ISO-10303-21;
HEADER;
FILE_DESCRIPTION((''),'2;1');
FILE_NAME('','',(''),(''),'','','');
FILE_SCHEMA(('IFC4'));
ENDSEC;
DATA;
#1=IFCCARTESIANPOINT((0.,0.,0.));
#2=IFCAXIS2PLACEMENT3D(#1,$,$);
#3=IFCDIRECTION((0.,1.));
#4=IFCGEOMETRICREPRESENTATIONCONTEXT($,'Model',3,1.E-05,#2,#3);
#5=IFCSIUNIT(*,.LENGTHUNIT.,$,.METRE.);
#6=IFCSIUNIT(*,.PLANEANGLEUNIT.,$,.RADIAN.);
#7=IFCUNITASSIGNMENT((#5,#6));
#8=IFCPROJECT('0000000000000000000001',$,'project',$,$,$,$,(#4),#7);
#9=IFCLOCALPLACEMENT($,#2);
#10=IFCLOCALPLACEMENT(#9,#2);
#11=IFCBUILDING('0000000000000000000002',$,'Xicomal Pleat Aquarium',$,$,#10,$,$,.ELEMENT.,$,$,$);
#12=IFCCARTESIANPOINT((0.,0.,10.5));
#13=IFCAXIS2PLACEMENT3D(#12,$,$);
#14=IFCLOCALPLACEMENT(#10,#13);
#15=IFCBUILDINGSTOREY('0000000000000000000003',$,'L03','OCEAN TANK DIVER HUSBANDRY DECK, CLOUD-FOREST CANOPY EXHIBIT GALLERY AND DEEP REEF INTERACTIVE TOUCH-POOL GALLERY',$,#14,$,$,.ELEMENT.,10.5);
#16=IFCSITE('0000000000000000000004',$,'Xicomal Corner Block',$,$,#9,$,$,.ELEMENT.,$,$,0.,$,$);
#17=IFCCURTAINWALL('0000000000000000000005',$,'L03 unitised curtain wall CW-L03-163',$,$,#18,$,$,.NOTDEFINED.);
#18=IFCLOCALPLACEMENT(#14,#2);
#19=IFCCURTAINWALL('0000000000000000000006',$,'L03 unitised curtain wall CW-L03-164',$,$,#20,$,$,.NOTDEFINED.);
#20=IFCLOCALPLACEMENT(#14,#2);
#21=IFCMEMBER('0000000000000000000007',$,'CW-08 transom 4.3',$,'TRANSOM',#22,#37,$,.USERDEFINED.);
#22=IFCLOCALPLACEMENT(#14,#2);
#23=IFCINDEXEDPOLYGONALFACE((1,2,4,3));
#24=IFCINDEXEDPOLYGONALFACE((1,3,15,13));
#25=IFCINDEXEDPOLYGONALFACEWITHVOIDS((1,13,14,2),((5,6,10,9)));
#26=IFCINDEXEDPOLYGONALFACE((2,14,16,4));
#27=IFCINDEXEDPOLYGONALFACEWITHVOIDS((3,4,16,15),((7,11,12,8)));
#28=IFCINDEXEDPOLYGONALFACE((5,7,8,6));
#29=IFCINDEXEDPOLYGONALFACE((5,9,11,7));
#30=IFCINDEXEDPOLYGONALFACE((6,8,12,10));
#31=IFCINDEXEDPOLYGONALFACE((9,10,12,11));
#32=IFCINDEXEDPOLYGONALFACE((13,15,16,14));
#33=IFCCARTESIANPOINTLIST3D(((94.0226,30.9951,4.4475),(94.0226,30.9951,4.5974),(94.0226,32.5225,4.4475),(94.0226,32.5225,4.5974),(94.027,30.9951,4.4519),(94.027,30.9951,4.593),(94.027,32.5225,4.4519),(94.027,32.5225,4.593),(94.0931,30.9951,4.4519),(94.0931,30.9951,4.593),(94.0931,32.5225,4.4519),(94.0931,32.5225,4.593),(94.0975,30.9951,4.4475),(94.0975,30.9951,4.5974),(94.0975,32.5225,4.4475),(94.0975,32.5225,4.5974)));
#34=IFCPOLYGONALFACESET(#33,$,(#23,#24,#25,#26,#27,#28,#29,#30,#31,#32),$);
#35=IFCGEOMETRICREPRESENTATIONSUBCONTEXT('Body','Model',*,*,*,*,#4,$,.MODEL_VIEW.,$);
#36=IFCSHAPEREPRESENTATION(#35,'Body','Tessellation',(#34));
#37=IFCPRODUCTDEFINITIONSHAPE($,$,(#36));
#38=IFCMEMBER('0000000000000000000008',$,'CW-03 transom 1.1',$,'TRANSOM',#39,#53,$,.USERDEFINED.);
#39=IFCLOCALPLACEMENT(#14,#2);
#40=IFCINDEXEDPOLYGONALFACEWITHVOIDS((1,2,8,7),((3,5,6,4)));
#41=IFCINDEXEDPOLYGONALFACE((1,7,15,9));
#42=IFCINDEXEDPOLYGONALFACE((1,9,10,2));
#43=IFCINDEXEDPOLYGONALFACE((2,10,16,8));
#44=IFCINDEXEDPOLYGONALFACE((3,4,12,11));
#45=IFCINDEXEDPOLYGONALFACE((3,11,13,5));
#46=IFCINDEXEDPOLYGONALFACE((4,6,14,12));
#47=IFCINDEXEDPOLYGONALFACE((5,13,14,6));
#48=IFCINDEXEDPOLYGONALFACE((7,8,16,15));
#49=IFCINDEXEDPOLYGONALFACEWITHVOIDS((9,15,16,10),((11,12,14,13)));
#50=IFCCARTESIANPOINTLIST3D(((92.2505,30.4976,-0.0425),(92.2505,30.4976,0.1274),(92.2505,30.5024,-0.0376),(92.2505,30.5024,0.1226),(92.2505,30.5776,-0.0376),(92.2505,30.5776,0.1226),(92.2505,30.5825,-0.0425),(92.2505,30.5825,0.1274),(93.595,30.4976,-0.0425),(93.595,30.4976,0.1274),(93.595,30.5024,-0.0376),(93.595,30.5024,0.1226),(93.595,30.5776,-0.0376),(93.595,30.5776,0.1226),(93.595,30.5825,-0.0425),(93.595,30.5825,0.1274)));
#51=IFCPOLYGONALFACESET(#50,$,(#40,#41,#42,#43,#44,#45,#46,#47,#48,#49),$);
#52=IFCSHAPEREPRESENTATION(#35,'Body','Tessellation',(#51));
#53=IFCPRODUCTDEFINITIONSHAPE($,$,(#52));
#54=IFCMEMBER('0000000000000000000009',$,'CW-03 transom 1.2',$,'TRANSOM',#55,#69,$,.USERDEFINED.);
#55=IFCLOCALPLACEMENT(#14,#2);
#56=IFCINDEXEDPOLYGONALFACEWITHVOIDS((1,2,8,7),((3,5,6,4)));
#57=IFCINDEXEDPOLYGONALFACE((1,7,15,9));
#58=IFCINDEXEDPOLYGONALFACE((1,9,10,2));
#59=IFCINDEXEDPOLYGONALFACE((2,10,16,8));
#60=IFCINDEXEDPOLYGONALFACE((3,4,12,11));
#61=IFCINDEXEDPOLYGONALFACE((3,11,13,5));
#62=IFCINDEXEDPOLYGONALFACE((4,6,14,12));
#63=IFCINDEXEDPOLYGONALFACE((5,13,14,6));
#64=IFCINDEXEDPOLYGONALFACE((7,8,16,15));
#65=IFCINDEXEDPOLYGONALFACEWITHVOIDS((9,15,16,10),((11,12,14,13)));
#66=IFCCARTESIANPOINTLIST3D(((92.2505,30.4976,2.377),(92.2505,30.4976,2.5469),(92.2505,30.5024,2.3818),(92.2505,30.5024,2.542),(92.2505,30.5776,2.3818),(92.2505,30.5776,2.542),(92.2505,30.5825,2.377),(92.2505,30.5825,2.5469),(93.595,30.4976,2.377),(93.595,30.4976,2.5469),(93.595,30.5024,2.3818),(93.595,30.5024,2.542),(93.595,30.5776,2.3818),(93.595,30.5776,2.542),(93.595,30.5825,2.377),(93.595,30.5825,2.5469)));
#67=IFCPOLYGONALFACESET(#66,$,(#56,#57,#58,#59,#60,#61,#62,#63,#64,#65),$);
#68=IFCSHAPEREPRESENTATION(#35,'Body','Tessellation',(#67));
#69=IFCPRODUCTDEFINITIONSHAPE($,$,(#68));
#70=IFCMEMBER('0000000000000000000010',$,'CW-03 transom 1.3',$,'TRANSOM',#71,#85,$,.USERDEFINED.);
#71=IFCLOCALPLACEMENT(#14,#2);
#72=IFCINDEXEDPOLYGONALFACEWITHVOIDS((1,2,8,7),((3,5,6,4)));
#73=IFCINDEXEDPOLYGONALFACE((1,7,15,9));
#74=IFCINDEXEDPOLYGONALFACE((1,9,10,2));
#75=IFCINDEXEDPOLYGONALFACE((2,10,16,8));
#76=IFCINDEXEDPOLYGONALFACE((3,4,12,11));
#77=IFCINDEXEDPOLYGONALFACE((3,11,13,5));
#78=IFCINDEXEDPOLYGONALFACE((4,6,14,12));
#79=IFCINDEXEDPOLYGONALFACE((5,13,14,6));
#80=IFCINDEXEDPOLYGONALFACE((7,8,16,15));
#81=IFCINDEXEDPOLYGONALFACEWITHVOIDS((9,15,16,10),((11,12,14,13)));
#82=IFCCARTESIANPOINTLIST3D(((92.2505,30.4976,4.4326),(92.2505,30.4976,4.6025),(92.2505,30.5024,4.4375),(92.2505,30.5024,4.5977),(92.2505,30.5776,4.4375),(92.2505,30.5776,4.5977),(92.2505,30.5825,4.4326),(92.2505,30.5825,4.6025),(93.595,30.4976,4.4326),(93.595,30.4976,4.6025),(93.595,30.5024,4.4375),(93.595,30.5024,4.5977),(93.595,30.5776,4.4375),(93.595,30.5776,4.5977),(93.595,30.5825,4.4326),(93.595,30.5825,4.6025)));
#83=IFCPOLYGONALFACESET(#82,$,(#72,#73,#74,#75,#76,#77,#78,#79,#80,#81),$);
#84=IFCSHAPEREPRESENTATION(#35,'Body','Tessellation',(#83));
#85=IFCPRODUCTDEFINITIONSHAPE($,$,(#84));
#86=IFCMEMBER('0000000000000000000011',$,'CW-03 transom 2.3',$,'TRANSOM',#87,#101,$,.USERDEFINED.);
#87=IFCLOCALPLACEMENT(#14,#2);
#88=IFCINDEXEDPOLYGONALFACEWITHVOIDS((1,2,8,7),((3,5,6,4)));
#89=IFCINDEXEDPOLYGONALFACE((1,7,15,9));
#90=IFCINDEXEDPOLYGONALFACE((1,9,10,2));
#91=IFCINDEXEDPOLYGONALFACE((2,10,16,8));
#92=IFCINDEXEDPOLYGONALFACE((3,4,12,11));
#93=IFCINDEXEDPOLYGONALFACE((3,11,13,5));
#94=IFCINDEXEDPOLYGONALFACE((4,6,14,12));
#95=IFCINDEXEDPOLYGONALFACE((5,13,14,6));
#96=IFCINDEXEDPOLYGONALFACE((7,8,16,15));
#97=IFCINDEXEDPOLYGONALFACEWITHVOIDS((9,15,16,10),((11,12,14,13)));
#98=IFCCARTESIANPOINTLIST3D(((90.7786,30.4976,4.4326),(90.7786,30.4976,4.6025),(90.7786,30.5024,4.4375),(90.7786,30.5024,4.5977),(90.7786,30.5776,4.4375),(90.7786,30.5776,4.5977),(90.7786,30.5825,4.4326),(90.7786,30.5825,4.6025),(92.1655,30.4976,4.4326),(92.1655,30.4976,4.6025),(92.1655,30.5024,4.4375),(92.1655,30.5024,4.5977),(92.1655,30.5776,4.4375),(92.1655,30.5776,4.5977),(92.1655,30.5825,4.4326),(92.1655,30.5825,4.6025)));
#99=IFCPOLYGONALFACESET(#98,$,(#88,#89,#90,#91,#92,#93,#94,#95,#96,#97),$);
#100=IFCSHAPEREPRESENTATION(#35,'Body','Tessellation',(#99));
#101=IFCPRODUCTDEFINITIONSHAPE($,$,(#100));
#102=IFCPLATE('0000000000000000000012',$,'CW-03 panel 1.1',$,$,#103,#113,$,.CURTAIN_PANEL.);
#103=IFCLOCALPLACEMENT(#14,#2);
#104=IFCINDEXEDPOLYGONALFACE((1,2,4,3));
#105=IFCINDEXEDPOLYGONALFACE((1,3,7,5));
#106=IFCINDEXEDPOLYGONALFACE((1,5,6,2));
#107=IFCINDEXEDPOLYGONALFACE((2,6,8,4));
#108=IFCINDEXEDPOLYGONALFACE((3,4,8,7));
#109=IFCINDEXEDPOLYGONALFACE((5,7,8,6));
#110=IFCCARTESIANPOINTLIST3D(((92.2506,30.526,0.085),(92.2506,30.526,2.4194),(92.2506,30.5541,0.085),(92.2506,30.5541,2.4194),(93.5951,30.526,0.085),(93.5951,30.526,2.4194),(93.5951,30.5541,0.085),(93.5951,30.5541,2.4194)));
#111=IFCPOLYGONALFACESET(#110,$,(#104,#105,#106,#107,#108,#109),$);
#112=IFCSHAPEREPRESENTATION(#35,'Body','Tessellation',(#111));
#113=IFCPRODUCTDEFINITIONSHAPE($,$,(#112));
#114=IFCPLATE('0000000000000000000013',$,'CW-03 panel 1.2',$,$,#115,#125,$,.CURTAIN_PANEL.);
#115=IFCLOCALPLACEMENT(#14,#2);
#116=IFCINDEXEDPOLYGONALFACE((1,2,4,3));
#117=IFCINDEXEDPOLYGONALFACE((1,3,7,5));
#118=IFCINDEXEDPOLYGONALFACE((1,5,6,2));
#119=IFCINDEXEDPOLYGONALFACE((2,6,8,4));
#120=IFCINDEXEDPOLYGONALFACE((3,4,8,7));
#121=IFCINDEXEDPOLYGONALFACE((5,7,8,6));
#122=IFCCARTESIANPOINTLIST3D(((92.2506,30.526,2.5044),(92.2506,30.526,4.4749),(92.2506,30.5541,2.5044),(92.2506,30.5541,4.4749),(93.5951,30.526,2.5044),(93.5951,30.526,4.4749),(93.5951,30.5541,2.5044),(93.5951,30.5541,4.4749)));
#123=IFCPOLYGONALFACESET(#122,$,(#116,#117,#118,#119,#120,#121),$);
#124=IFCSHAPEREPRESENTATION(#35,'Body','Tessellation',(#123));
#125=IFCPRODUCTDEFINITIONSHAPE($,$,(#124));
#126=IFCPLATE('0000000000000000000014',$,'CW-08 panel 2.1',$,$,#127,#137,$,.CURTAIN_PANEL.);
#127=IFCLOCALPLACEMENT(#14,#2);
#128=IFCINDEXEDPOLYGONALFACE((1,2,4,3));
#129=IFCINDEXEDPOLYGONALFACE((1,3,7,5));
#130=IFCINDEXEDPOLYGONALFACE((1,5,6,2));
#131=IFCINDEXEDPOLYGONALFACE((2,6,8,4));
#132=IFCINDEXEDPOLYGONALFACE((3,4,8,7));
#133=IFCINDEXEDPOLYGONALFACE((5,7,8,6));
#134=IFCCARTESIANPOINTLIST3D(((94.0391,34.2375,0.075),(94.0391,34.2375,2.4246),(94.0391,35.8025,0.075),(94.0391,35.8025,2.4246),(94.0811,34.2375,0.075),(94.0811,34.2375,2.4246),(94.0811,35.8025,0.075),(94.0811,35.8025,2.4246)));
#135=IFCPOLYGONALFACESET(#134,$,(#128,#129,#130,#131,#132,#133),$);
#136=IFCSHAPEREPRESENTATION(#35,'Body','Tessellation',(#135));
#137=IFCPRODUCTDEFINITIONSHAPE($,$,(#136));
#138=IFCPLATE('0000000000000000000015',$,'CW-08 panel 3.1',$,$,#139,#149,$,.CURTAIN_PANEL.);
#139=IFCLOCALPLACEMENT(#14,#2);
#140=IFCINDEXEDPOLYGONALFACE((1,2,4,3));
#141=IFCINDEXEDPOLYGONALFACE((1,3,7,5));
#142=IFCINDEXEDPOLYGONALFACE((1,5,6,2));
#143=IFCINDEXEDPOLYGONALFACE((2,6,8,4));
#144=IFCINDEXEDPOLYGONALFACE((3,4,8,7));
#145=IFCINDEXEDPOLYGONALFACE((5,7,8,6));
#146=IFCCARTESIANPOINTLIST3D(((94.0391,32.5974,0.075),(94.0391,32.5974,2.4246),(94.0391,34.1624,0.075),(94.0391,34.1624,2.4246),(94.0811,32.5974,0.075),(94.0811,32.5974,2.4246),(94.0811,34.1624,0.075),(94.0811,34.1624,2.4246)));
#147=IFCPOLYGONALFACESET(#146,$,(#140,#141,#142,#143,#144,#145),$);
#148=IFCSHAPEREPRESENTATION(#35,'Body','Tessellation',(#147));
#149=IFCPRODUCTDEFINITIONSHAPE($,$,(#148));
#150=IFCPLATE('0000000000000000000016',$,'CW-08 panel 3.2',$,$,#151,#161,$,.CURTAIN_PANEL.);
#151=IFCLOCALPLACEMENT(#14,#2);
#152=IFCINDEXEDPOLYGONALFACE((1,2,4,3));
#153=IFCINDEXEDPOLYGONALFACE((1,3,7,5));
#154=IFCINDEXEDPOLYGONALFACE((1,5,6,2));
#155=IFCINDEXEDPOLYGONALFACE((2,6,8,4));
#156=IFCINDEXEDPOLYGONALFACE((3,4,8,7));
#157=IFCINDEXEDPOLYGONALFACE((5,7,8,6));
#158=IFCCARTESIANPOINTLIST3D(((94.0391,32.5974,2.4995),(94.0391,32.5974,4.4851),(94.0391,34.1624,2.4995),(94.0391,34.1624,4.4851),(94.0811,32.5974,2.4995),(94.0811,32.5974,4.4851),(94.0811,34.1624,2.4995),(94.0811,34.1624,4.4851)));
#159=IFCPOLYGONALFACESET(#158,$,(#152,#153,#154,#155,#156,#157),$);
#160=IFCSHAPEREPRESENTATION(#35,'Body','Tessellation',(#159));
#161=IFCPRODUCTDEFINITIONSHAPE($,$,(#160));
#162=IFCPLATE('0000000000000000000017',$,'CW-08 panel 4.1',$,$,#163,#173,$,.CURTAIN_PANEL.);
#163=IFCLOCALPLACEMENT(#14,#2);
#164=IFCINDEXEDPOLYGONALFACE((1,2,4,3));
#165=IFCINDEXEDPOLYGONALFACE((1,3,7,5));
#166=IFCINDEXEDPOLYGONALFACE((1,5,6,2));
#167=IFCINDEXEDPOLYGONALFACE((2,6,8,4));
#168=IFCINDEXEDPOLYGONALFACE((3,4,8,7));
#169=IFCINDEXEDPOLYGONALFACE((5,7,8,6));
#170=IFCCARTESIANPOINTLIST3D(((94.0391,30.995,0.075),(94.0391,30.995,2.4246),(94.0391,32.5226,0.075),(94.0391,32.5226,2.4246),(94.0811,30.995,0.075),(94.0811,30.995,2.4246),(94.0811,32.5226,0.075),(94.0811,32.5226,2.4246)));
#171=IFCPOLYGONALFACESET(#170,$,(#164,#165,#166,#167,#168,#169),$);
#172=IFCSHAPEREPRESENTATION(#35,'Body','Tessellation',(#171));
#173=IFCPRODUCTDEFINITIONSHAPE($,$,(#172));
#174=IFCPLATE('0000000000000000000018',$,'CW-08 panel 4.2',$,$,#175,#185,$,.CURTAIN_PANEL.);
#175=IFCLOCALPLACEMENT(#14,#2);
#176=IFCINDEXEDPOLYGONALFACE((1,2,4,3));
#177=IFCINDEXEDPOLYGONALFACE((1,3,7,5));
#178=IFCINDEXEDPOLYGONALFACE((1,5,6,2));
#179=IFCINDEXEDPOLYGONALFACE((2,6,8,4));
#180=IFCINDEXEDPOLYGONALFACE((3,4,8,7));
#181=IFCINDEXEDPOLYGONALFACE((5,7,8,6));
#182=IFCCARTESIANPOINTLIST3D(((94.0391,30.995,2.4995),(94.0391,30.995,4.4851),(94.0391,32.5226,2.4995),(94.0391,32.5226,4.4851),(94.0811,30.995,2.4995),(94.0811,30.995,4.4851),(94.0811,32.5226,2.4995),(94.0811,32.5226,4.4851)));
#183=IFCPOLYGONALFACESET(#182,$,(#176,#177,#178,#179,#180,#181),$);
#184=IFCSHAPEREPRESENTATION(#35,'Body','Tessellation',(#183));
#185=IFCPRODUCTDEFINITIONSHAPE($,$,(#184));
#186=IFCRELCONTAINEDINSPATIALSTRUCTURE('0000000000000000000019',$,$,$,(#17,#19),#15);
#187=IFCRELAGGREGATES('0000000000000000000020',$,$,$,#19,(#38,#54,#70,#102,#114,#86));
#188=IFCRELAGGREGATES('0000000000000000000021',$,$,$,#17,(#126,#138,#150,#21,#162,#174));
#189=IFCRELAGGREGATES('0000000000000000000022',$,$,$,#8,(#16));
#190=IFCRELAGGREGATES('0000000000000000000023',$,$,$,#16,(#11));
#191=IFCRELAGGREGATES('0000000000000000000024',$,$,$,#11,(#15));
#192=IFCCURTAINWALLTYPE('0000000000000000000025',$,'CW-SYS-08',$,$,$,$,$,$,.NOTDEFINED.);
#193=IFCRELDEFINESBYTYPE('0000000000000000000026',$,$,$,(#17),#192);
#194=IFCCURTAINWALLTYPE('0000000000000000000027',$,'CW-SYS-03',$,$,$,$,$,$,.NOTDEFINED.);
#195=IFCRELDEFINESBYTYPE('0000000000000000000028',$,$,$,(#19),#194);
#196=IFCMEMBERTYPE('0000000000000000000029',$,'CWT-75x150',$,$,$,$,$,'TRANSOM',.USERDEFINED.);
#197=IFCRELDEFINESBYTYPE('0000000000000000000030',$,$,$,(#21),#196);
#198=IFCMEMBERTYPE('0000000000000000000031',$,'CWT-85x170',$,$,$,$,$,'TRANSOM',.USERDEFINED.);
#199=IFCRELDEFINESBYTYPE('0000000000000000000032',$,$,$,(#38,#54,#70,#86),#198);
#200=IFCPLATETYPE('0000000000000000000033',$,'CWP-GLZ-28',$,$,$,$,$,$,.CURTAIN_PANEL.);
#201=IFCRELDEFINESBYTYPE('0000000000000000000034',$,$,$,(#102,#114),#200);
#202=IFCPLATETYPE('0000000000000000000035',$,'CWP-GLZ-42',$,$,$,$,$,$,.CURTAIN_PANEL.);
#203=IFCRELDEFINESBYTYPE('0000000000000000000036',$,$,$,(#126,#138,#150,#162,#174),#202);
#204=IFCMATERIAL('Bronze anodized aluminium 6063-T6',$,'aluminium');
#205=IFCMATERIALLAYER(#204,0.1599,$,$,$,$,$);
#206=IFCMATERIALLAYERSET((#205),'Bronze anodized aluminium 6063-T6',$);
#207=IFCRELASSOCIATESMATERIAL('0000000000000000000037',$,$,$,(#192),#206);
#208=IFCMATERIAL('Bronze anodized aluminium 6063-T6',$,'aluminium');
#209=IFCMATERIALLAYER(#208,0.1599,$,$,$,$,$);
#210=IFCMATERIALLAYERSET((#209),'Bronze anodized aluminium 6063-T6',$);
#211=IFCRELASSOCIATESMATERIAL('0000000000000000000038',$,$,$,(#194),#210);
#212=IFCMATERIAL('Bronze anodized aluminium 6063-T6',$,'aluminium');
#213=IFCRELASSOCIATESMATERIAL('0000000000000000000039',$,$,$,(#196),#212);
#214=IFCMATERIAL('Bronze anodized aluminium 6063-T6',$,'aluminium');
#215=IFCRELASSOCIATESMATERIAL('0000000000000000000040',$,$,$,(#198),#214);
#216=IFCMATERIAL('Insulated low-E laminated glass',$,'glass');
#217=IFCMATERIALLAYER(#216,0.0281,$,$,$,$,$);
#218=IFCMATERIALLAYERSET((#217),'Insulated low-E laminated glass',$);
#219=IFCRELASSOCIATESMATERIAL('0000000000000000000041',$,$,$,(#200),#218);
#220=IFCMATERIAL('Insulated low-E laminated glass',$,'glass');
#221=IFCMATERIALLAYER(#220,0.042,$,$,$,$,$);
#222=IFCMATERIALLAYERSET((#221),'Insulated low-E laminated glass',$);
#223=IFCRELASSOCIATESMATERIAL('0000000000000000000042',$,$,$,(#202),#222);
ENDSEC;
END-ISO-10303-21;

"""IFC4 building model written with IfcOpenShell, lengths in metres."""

from ifc_helpers import new_model, si_unit, direction, frame, origin, origin_2d, place, context, subcontext, project, spatial, rectangle, hollow_rectangle, extrude, material, layer, layer_set, material_profile, profile_set, type_object, element, aggregate, save


model = new_model("IFC4")

# Units and contexts
model_context = context("Model", 3, precision=1e-05, world=origin(), true_north=direction((0.0, 1.0)))
body_context = subcontext(model_context, "Body", "Model", "MODEL_VIEW")
ifc_project = project(units=[si_unit("LENGTHUNIT", "METRE"), si_unit("PLANEANGLEUNIT", "RADIAN")], contexts=[model_context])

# Site, building, storey
site_placement = place(None, origin())
site = spatial("IfcSite", under=ifc_project, at=site_placement, Name="Xicomal Corner Block", CompositionType="ELEMENT", RefElevation=0.0)
building_placement = place(site_placement, origin())
building = spatial("IfcBuilding", under=site, at=building_placement, Name="Xicomal Pleat Aquarium", CompositionType="ELEMENT")
storey_placement = place(building_placement, frame((0.0, 0.0, 10.5)))
storey = spatial("IfcBuildingStorey", under=building, at=storey_placement, Name="L03", Description="OCEAN TANK DIVER HUSBANDRY DECK, CLOUD-FOREST CANOPY EXHIBIT GALLERY AND DEEP REEF INTERACTIVE TOUCH-POOL GALLERY", CompositionType="ELEMENT", Elevation=10.5)

# Curtain walls
ifc_material_1 = material(Name="Bronze anodized aluminium 6063-T6", Category="aluminium")
ifc_layer_1 = layer(ifc_material_1, 0.1599)
ifc_layer_set_1 = layer_set([ifc_layer_1], Name="Bronze anodized aluminium 6063-T6")
curtain_wall_type_1 = type_object("IfcCurtainWallType", Name="CW-SYS-08", PredefinedType="NOTDEFINED", material=ifc_layer_set_1)
curtain_wall_1_placement = place(storey_placement, origin())
curtain_wall_1 = element("IfcCurtainWall", 1, at=curtain_wall_1_placement, inside=storey, type_object=curtain_wall_type_1, Name="L03 unitised curtain wall CW-L03-163", PredefinedType="NOTDEFINED")
ifc_material_2 = material(Name="Bronze anodized aluminium 6063-T6", Category="aluminium")
ifc_layer_2 = layer(ifc_material_2, 0.1599)
ifc_layer_set_2 = layer_set([ifc_layer_2], Name="Bronze anodized aluminium 6063-T6")
curtain_wall_type_2 = type_object("IfcCurtainWallType", Name="CW-SYS-03", PredefinedType="NOTDEFINED", material=ifc_layer_set_2)
curtain_wall_2_placement = place(storey_placement, origin())
curtain_wall_2 = element("IfcCurtainWall", 2, at=curtain_wall_2_placement, inside=storey, type_object=curtain_wall_type_2, Name="L03 unitised curtain wall CW-L03-164", PredefinedType="NOTDEFINED")

# Members
ifc_material_3 = material(Name="Bronze anodized aluminium 6063-T6", Category="aluminium")
ifc_material_profile_1 = material_profile(ifc_material_3, hollow_rectangle(XDim=0.075, YDim=0.1499, WallThickness=0.0044, at=origin_2d()), Name="ALU TRAN 75x150")
ifc_profile_set_1 = profile_set([ifc_material_profile_1], Name="Bronze anodized aluminium 6063-T6")
member_type_1 = type_object("IfcMemberType", Name="CWT-75x150", ElementType="TRANSOM", PredefinedType="USERDEFINED", material=ifc_profile_set_1)
member_1_placement = place(storey_placement, frame((94.0601, 32.5225, 4.5225), z_axis=(0.0, -1.0, 0.0), x_axis=(1.0, 0.0, 0.0)))
member_1 = element("IfcMember", 3, at=member_1_placement, type_object=member_type_1, Name="CW-08 transom 4.3", ObjectType="TRANSOM", PredefinedType="USERDEFINED", context=body_context, shape_type="SweptSolid", body=[
    extrude(hollow_rectangle(XDim=0.075, YDim=0.1499, WallThickness=0.0044, at=origin_2d()), origin(), (0.0, 0.0, 1.0), 1.5273),
])
ifc_material_4 = material(Name="Bronze anodized aluminium 6063-T6", Category="aluminium")
ifc_material_profile_2 = material_profile(ifc_material_4, hollow_rectangle(XDim=0.085, YDim=0.1699, WallThickness=0.0049, at=origin_2d()), Name="ALU TRAN 85x170")
ifc_profile_set_2 = profile_set([ifc_material_profile_2], Name="Bronze anodized aluminium 6063-T6")
member_type_2 = type_object("IfcMemberType", Name="CWT-85x170", ElementType="TRANSOM", PredefinedType="USERDEFINED", material=ifc_profile_set_2)
member_2_placement = place(storey_placement, frame((93.595, 30.54, 0.0425), z_axis=(-1.0, 0.0, 0.0), x_axis=(0.0, -1.0, 0.0)))
member_2 = element("IfcMember", 4, at=member_2_placement, type_object=member_type_2, Name="CW-03 transom 1.1", ObjectType="TRANSOM", PredefinedType="USERDEFINED", context=body_context, shape_type="SweptSolid", body=[
    extrude(hollow_rectangle(XDim=0.085, YDim=0.1699, WallThickness=0.0049, at=origin_2d()), origin(), (0.0, 0.0, 1.0), 1.3445),
])
member_3_placement = place(storey_placement, frame((93.595, 30.54, 2.4619), z_axis=(-1.0, 0.0, 0.0), x_axis=(0.0, -1.0, 0.0)))
member_3 = element("IfcMember", 5, at=member_3_placement, type_object=member_type_2, Name="CW-03 transom 1.2", ObjectType="TRANSOM", PredefinedType="USERDEFINED", context=body_context, shape_type="SweptSolid", body=[
    extrude(hollow_rectangle(XDim=0.085, YDim=0.1699, WallThickness=0.0049, at=origin_2d()), origin(), (0.0, 0.0, 1.0), 1.3445),
])
member_4_placement = place(storey_placement, frame((93.595, 30.54, 4.5176), z_axis=(-1.0, 0.0, 0.0), x_axis=(0.0, -1.0, 0.0)))
member_4 = element("IfcMember", 6, at=member_4_placement, type_object=member_type_2, Name="CW-03 transom 1.3", ObjectType="TRANSOM", PredefinedType="USERDEFINED", context=body_context, shape_type="SweptSolid", body=[
    extrude(hollow_rectangle(XDim=0.085, YDim=0.1699, WallThickness=0.0049, at=origin_2d()), origin(), (0.0, 0.0, 1.0), 1.3445),
])
member_5_placement = place(storey_placement, frame((92.1655, 30.54, 4.5176), z_axis=(-1.0, 0.0, 0.0), x_axis=(0.0, -1.0, 0.0)))
member_5 = element("IfcMember", 7, at=member_5_placement, type_object=member_type_2, Name="CW-03 transom 2.3", ObjectType="TRANSOM", PredefinedType="USERDEFINED", context=body_context, shape_type="SweptSolid", body=[
    extrude(hollow_rectangle(XDim=0.085, YDim=0.1699, WallThickness=0.0049, at=origin_2d()), origin(), (0.0, 0.0, 1.0), 1.387),
])

# Plates
ifc_material_5 = material(Name="Insulated low-E laminated glass", Category="glass")
ifc_layer_3 = layer(ifc_material_5, 0.0281)
ifc_layer_set_3 = layer_set([ifc_layer_3], Name="Insulated low-E laminated glass")
plate_type_1 = type_object("IfcPlateType", Name="CWP-GLZ-28", PredefinedType="CURTAIN_PANEL", material=ifc_layer_set_3)
plate_1_placement = place(storey_placement, frame((92.9229, 30.54, 0.085), z_axis=(0.0, 0.0, 1.0), x_axis=(-1.0, 0.0, 0.0)))
plate_1 = element("IfcPlate", 8, at=plate_1_placement, type_object=plate_type_1, Name="CW-03 panel 1.1", PredefinedType="CURTAIN_PANEL", context=body_context, shape_type="SweptSolid", body=[
    extrude(rectangle(XDim=1.3445, YDim=0.0281, at=origin_2d()), origin(), (0.0, 0.0, 1.0), 2.3345),
])
plate_2_placement = place(storey_placement, frame((92.9229, 30.54, 2.5044), z_axis=(0.0, 0.0, 1.0), x_axis=(-1.0, 0.0, 0.0)))
plate_2 = element("IfcPlate", 9, at=plate_2_placement, type_object=plate_type_1, Name="CW-03 panel 1.2", PredefinedType="CURTAIN_PANEL", context=body_context, shape_type="SweptSolid", body=[
    extrude(rectangle(XDim=1.3445, YDim=0.0281, at=origin_2d()), origin(), (0.0, 0.0, 1.0), 1.9705),
])
aggregate(curtain_wall_2, [member_2, member_3, member_4, plate_1, plate_2, member_5])
ifc_material_6 = material(Name="Insulated low-E laminated glass", Category="glass")
ifc_layer_4 = layer(ifc_material_6, 0.042)
ifc_layer_set_4 = layer_set([ifc_layer_4], Name="Insulated low-E laminated glass")
plate_type_2 = type_object("IfcPlateType", Name="CWP-GLZ-42", PredefinedType="CURTAIN_PANEL", material=ifc_layer_set_4)
plate_3_placement = place(storey_placement, frame((94.0601, 35.02, 0.075), z_axis=(0.0, 0.0, 1.0), x_axis=(0.0, -1.0, 0.0)))
plate_3 = element("IfcPlate", 10, at=plate_3_placement, type_object=plate_type_2, Name="CW-08 panel 2.1", PredefinedType="CURTAIN_PANEL", context=body_context, shape_type="SweptSolid", body=[
    extrude(rectangle(XDim=1.5649, YDim=0.042, at=origin_2d()), origin(), (0.0, 0.0, 1.0), 2.3496),
])
plate_4_placement = place(storey_placement, frame((94.0601, 33.3799, 0.075), z_axis=(0.0, 0.0, 1.0), x_axis=(0.0, -1.0, 0.0)))
plate_4 = element("IfcPlate", 11, at=plate_4_placement, type_object=plate_type_2, Name="CW-08 panel 3.1", PredefinedType="CURTAIN_PANEL", context=body_context, shape_type="SweptSolid", body=[
    extrude(rectangle(XDim=1.5649, YDim=0.042, at=origin_2d()), origin(), (0.0, 0.0, 1.0), 2.3496),
])
plate_5_placement = place(storey_placement, frame((94.0601, 33.3799, 2.4995), z_axis=(0.0, 0.0, 1.0), x_axis=(0.0, -1.0, 0.0)))
plate_5 = element("IfcPlate", 12, at=plate_5_placement, type_object=plate_type_2, Name="CW-08 panel 3.2", PredefinedType="CURTAIN_PANEL", context=body_context, shape_type="SweptSolid", body=[
    extrude(rectangle(XDim=1.5649, YDim=0.042, at=origin_2d()), origin(), (0.0, 0.0, 1.0), 1.9856),
])
plate_6_placement = place(storey_placement, frame((94.0601, 31.7588, 0.075), z_axis=(0.0, 0.0, 1.0), x_axis=(0.0, -1.0, 0.0)))
plate_6 = element("IfcPlate", 13, at=plate_6_placement, type_object=plate_type_2, Name="CW-08 panel 4.1", PredefinedType="CURTAIN_PANEL", context=body_context, shape_type="SweptSolid", body=[
    extrude(rectangle(XDim=1.5276, YDim=0.042, at=origin_2d()), origin(), (0.0, 0.0, 1.0), 2.3496),
])
plate_7_placement = place(storey_placement, frame((94.0601, 31.7588, 2.4995), z_axis=(0.0, 0.0, 1.0), x_axis=(0.0, -1.0, 0.0)))
plate_7 = element("IfcPlate", 14, at=plate_7_placement, type_object=plate_type_2, Name="CW-08 panel 4.2", PredefinedType="CURTAIN_PANEL", context=body_context, shape_type="SweptSolid", body=[
    extrude(rectangle(XDim=1.5276, YDim=0.042, at=origin_2d()), origin(), (0.0, 0.0, 1.0), 1.9856),
])
aggregate(curtain_wall_1, [plate_3, plate_4, plate_5, member_1, plate_6, plate_7])

save(model, "model.ifc")
